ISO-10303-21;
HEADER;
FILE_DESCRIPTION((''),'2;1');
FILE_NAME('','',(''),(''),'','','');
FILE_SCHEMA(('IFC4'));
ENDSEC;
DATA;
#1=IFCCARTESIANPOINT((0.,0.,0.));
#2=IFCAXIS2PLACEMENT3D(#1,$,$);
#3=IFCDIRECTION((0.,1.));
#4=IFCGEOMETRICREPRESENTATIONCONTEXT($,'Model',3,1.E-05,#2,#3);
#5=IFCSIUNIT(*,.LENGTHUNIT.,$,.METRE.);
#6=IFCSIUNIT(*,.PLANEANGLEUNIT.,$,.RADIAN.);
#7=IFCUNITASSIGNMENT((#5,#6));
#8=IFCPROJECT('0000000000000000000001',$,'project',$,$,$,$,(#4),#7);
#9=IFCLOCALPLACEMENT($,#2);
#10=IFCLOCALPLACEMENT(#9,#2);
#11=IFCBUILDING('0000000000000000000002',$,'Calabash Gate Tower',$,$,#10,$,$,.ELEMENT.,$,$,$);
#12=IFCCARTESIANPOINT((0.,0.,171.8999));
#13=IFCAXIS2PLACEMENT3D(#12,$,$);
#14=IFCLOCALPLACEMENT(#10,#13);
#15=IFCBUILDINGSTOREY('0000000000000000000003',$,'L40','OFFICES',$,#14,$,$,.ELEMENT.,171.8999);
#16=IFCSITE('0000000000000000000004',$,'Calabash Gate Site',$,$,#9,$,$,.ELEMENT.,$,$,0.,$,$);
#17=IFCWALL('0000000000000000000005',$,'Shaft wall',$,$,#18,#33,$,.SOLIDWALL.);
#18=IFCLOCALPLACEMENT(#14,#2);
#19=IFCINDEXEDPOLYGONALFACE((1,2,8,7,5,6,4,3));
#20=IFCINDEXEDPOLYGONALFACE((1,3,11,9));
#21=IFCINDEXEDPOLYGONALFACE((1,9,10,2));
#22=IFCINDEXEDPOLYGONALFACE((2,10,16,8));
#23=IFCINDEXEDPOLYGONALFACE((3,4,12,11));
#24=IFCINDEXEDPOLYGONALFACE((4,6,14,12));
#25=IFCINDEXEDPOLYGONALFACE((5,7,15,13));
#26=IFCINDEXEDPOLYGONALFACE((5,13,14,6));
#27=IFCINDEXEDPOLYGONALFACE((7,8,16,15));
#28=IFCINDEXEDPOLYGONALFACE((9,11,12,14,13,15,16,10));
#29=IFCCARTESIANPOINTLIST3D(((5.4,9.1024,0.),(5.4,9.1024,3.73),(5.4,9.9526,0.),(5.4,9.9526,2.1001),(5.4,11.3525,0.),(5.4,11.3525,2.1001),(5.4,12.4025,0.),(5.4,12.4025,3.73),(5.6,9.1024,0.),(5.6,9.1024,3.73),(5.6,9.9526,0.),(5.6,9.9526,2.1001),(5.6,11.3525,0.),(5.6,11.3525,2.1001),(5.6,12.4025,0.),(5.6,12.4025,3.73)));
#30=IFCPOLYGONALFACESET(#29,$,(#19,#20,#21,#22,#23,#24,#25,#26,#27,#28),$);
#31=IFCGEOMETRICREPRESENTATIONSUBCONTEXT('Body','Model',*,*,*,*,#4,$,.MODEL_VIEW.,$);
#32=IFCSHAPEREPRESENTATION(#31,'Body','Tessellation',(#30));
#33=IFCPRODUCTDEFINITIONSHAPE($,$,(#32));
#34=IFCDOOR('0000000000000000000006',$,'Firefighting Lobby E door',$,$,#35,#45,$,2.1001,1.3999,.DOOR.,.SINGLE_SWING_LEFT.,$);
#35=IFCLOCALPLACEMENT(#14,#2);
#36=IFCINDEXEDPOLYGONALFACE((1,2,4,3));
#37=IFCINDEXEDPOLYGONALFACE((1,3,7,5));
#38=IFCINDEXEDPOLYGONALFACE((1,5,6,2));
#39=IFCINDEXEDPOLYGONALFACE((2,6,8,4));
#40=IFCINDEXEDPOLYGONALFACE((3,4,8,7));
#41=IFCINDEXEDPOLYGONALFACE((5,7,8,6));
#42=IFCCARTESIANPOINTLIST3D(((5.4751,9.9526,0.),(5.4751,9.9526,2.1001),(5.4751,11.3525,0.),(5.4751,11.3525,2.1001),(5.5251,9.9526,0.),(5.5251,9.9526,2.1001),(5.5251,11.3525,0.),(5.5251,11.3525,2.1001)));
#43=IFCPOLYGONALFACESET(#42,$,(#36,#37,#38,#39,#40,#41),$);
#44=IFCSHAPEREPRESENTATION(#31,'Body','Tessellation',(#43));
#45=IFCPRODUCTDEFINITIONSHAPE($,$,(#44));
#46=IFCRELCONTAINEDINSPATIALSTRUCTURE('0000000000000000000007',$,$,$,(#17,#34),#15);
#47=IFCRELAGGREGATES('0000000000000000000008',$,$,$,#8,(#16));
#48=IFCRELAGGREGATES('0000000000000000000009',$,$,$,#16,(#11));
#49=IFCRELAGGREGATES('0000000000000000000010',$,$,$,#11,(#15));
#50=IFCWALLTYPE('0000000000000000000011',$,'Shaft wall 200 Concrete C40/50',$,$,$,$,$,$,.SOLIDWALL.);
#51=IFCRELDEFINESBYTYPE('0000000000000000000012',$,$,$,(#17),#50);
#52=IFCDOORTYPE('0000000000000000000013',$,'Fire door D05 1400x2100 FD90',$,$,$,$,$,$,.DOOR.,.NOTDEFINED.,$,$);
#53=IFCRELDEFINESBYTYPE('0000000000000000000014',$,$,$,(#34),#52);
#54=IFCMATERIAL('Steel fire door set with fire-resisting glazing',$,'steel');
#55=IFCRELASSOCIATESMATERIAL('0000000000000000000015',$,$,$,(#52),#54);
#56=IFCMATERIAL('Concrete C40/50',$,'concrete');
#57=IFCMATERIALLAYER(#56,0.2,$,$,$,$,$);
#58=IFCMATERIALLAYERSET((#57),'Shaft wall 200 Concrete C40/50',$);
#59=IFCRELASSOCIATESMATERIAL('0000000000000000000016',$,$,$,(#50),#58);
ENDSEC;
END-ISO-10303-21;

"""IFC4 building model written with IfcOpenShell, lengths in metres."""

from ifc_helpers import new_model, si_unit, direction, frame, frame_2d, origin, place, context, subcontext, project, spatial, rectangle, extrude, material, layer, layer_set, type_object, element, fill, save


model = new_model("IFC4")

# Units and contexts
model_context = context("Model", 3, precision=1e-05, world=origin(), true_north=direction((0.0, 1.0)))
body_context = subcontext(model_context, "Body", "Model", "MODEL_VIEW")
ifc_project = project(units=[si_unit("LENGTHUNIT", "METRE"), si_unit("PLANEANGLEUNIT", "RADIAN")], contexts=[model_context])

# Site, building, storey
site_placement = place(None, origin())
site = spatial("IfcSite", under=ifc_project, at=site_placement, Name="Calabash Gate Site", CompositionType="ELEMENT", RefElevation=0.0)
building_placement = place(site_placement, origin())
building = spatial("IfcBuilding", under=site, at=building_placement, Name="Calabash Gate Tower", CompositionType="ELEMENT")
storey_placement = place(building_placement, frame((0.0, 0.0, 171.8999)))
storey = spatial("IfcBuildingStorey", under=building, at=storey_placement, Name="L40", Description="OFFICES", CompositionType="ELEMENT", Elevation=171.8999)

# Shared definitions
ifc_material_1 = material(Name="Steel fire door set with fire-resisting glazing", Category="steel")
door_type_1 = type_object("IfcDoorType", Name="Fire door D05 1400x2100 FD90", OperationType="NOTDEFINED", PredefinedType="DOOR", material=ifc_material_1)

# Shared definitions
ifc_material_2 = material(Name="Concrete C40/50", Category="concrete")
ifc_layer_1 = layer(ifc_material_2, 0.2)
ifc_layer_set_1 = layer_set([ifc_layer_1], Name="Shaft wall 200 Concrete C40/50")
wall_type_1 = type_object("IfcWallType", Name="Shaft wall 200 Concrete C40/50", PredefinedType="SOLIDWALL", material=ifc_layer_set_1)

# Wall, opening, door
wall_1_placement = place(storey_placement, frame((5.5, 9.1025, 0.0), z_axis=(0.0, 0.0, 1.0), x_axis=(0.0, 1.0, 0.0)))
wall_1 = element("IfcWall", 1, at=wall_1_placement, inside=storey, type_object=wall_type_1, Name="Shaft wall", PredefinedType="SOLIDWALL", context=body_context, shape_type="SweptSolid", body=[
    extrude(rectangle(XDim=3.3, YDim=0.2, at=frame_2d((1.6499, 0.0))), origin(), (0.0, 0.0, 1.0), 3.73),
])
opening_1_placement = place(wall_1_placement, frame((0.8501, 0.0, 0.0)))
opening_1 = element("IfcOpeningElement", 2, at=opening_1_placement, cuts=wall_1, PredefinedType="OPENING", context=body_context, shape_type="SweptSolid", body=[
    extrude(rectangle(XDim=1.3999, YDim=2.1001, at=frame_2d((0.7, 1.05))), frame((0.0, 0.1099, 0.0), z_axis=(0.0, -1.0, 0.0), x_axis=(1.0, 0.0, 0.0)), (0.0, 0.0, 1.0), 0.22),
])
door_1_placement = place(opening_1_placement, origin())
door_1 = element("IfcDoor", 3, at=door_1_placement, inside=storey, type_object=door_type_1, Name="Firefighting Lobby E door", OperationType="SINGLE_SWING_LEFT", OverallHeight=2.1001, OverallWidth=1.3999, PredefinedType="DOOR", context=body_context, shape_type="SweptSolid", body=[
    extrude(rectangle(XDim=1.3999, YDim=2.1001, at=frame_2d((0.7, 1.05))), frame((0.0, 0.0249, 0.0), z_axis=(0.0, -1.0, 0.0), x_axis=(1.0, 0.0, 0.0)), (0.0, 0.0, 1.0), 0.05),
])
fill(opening_1, door_1)

save(model, "model.ifc")
